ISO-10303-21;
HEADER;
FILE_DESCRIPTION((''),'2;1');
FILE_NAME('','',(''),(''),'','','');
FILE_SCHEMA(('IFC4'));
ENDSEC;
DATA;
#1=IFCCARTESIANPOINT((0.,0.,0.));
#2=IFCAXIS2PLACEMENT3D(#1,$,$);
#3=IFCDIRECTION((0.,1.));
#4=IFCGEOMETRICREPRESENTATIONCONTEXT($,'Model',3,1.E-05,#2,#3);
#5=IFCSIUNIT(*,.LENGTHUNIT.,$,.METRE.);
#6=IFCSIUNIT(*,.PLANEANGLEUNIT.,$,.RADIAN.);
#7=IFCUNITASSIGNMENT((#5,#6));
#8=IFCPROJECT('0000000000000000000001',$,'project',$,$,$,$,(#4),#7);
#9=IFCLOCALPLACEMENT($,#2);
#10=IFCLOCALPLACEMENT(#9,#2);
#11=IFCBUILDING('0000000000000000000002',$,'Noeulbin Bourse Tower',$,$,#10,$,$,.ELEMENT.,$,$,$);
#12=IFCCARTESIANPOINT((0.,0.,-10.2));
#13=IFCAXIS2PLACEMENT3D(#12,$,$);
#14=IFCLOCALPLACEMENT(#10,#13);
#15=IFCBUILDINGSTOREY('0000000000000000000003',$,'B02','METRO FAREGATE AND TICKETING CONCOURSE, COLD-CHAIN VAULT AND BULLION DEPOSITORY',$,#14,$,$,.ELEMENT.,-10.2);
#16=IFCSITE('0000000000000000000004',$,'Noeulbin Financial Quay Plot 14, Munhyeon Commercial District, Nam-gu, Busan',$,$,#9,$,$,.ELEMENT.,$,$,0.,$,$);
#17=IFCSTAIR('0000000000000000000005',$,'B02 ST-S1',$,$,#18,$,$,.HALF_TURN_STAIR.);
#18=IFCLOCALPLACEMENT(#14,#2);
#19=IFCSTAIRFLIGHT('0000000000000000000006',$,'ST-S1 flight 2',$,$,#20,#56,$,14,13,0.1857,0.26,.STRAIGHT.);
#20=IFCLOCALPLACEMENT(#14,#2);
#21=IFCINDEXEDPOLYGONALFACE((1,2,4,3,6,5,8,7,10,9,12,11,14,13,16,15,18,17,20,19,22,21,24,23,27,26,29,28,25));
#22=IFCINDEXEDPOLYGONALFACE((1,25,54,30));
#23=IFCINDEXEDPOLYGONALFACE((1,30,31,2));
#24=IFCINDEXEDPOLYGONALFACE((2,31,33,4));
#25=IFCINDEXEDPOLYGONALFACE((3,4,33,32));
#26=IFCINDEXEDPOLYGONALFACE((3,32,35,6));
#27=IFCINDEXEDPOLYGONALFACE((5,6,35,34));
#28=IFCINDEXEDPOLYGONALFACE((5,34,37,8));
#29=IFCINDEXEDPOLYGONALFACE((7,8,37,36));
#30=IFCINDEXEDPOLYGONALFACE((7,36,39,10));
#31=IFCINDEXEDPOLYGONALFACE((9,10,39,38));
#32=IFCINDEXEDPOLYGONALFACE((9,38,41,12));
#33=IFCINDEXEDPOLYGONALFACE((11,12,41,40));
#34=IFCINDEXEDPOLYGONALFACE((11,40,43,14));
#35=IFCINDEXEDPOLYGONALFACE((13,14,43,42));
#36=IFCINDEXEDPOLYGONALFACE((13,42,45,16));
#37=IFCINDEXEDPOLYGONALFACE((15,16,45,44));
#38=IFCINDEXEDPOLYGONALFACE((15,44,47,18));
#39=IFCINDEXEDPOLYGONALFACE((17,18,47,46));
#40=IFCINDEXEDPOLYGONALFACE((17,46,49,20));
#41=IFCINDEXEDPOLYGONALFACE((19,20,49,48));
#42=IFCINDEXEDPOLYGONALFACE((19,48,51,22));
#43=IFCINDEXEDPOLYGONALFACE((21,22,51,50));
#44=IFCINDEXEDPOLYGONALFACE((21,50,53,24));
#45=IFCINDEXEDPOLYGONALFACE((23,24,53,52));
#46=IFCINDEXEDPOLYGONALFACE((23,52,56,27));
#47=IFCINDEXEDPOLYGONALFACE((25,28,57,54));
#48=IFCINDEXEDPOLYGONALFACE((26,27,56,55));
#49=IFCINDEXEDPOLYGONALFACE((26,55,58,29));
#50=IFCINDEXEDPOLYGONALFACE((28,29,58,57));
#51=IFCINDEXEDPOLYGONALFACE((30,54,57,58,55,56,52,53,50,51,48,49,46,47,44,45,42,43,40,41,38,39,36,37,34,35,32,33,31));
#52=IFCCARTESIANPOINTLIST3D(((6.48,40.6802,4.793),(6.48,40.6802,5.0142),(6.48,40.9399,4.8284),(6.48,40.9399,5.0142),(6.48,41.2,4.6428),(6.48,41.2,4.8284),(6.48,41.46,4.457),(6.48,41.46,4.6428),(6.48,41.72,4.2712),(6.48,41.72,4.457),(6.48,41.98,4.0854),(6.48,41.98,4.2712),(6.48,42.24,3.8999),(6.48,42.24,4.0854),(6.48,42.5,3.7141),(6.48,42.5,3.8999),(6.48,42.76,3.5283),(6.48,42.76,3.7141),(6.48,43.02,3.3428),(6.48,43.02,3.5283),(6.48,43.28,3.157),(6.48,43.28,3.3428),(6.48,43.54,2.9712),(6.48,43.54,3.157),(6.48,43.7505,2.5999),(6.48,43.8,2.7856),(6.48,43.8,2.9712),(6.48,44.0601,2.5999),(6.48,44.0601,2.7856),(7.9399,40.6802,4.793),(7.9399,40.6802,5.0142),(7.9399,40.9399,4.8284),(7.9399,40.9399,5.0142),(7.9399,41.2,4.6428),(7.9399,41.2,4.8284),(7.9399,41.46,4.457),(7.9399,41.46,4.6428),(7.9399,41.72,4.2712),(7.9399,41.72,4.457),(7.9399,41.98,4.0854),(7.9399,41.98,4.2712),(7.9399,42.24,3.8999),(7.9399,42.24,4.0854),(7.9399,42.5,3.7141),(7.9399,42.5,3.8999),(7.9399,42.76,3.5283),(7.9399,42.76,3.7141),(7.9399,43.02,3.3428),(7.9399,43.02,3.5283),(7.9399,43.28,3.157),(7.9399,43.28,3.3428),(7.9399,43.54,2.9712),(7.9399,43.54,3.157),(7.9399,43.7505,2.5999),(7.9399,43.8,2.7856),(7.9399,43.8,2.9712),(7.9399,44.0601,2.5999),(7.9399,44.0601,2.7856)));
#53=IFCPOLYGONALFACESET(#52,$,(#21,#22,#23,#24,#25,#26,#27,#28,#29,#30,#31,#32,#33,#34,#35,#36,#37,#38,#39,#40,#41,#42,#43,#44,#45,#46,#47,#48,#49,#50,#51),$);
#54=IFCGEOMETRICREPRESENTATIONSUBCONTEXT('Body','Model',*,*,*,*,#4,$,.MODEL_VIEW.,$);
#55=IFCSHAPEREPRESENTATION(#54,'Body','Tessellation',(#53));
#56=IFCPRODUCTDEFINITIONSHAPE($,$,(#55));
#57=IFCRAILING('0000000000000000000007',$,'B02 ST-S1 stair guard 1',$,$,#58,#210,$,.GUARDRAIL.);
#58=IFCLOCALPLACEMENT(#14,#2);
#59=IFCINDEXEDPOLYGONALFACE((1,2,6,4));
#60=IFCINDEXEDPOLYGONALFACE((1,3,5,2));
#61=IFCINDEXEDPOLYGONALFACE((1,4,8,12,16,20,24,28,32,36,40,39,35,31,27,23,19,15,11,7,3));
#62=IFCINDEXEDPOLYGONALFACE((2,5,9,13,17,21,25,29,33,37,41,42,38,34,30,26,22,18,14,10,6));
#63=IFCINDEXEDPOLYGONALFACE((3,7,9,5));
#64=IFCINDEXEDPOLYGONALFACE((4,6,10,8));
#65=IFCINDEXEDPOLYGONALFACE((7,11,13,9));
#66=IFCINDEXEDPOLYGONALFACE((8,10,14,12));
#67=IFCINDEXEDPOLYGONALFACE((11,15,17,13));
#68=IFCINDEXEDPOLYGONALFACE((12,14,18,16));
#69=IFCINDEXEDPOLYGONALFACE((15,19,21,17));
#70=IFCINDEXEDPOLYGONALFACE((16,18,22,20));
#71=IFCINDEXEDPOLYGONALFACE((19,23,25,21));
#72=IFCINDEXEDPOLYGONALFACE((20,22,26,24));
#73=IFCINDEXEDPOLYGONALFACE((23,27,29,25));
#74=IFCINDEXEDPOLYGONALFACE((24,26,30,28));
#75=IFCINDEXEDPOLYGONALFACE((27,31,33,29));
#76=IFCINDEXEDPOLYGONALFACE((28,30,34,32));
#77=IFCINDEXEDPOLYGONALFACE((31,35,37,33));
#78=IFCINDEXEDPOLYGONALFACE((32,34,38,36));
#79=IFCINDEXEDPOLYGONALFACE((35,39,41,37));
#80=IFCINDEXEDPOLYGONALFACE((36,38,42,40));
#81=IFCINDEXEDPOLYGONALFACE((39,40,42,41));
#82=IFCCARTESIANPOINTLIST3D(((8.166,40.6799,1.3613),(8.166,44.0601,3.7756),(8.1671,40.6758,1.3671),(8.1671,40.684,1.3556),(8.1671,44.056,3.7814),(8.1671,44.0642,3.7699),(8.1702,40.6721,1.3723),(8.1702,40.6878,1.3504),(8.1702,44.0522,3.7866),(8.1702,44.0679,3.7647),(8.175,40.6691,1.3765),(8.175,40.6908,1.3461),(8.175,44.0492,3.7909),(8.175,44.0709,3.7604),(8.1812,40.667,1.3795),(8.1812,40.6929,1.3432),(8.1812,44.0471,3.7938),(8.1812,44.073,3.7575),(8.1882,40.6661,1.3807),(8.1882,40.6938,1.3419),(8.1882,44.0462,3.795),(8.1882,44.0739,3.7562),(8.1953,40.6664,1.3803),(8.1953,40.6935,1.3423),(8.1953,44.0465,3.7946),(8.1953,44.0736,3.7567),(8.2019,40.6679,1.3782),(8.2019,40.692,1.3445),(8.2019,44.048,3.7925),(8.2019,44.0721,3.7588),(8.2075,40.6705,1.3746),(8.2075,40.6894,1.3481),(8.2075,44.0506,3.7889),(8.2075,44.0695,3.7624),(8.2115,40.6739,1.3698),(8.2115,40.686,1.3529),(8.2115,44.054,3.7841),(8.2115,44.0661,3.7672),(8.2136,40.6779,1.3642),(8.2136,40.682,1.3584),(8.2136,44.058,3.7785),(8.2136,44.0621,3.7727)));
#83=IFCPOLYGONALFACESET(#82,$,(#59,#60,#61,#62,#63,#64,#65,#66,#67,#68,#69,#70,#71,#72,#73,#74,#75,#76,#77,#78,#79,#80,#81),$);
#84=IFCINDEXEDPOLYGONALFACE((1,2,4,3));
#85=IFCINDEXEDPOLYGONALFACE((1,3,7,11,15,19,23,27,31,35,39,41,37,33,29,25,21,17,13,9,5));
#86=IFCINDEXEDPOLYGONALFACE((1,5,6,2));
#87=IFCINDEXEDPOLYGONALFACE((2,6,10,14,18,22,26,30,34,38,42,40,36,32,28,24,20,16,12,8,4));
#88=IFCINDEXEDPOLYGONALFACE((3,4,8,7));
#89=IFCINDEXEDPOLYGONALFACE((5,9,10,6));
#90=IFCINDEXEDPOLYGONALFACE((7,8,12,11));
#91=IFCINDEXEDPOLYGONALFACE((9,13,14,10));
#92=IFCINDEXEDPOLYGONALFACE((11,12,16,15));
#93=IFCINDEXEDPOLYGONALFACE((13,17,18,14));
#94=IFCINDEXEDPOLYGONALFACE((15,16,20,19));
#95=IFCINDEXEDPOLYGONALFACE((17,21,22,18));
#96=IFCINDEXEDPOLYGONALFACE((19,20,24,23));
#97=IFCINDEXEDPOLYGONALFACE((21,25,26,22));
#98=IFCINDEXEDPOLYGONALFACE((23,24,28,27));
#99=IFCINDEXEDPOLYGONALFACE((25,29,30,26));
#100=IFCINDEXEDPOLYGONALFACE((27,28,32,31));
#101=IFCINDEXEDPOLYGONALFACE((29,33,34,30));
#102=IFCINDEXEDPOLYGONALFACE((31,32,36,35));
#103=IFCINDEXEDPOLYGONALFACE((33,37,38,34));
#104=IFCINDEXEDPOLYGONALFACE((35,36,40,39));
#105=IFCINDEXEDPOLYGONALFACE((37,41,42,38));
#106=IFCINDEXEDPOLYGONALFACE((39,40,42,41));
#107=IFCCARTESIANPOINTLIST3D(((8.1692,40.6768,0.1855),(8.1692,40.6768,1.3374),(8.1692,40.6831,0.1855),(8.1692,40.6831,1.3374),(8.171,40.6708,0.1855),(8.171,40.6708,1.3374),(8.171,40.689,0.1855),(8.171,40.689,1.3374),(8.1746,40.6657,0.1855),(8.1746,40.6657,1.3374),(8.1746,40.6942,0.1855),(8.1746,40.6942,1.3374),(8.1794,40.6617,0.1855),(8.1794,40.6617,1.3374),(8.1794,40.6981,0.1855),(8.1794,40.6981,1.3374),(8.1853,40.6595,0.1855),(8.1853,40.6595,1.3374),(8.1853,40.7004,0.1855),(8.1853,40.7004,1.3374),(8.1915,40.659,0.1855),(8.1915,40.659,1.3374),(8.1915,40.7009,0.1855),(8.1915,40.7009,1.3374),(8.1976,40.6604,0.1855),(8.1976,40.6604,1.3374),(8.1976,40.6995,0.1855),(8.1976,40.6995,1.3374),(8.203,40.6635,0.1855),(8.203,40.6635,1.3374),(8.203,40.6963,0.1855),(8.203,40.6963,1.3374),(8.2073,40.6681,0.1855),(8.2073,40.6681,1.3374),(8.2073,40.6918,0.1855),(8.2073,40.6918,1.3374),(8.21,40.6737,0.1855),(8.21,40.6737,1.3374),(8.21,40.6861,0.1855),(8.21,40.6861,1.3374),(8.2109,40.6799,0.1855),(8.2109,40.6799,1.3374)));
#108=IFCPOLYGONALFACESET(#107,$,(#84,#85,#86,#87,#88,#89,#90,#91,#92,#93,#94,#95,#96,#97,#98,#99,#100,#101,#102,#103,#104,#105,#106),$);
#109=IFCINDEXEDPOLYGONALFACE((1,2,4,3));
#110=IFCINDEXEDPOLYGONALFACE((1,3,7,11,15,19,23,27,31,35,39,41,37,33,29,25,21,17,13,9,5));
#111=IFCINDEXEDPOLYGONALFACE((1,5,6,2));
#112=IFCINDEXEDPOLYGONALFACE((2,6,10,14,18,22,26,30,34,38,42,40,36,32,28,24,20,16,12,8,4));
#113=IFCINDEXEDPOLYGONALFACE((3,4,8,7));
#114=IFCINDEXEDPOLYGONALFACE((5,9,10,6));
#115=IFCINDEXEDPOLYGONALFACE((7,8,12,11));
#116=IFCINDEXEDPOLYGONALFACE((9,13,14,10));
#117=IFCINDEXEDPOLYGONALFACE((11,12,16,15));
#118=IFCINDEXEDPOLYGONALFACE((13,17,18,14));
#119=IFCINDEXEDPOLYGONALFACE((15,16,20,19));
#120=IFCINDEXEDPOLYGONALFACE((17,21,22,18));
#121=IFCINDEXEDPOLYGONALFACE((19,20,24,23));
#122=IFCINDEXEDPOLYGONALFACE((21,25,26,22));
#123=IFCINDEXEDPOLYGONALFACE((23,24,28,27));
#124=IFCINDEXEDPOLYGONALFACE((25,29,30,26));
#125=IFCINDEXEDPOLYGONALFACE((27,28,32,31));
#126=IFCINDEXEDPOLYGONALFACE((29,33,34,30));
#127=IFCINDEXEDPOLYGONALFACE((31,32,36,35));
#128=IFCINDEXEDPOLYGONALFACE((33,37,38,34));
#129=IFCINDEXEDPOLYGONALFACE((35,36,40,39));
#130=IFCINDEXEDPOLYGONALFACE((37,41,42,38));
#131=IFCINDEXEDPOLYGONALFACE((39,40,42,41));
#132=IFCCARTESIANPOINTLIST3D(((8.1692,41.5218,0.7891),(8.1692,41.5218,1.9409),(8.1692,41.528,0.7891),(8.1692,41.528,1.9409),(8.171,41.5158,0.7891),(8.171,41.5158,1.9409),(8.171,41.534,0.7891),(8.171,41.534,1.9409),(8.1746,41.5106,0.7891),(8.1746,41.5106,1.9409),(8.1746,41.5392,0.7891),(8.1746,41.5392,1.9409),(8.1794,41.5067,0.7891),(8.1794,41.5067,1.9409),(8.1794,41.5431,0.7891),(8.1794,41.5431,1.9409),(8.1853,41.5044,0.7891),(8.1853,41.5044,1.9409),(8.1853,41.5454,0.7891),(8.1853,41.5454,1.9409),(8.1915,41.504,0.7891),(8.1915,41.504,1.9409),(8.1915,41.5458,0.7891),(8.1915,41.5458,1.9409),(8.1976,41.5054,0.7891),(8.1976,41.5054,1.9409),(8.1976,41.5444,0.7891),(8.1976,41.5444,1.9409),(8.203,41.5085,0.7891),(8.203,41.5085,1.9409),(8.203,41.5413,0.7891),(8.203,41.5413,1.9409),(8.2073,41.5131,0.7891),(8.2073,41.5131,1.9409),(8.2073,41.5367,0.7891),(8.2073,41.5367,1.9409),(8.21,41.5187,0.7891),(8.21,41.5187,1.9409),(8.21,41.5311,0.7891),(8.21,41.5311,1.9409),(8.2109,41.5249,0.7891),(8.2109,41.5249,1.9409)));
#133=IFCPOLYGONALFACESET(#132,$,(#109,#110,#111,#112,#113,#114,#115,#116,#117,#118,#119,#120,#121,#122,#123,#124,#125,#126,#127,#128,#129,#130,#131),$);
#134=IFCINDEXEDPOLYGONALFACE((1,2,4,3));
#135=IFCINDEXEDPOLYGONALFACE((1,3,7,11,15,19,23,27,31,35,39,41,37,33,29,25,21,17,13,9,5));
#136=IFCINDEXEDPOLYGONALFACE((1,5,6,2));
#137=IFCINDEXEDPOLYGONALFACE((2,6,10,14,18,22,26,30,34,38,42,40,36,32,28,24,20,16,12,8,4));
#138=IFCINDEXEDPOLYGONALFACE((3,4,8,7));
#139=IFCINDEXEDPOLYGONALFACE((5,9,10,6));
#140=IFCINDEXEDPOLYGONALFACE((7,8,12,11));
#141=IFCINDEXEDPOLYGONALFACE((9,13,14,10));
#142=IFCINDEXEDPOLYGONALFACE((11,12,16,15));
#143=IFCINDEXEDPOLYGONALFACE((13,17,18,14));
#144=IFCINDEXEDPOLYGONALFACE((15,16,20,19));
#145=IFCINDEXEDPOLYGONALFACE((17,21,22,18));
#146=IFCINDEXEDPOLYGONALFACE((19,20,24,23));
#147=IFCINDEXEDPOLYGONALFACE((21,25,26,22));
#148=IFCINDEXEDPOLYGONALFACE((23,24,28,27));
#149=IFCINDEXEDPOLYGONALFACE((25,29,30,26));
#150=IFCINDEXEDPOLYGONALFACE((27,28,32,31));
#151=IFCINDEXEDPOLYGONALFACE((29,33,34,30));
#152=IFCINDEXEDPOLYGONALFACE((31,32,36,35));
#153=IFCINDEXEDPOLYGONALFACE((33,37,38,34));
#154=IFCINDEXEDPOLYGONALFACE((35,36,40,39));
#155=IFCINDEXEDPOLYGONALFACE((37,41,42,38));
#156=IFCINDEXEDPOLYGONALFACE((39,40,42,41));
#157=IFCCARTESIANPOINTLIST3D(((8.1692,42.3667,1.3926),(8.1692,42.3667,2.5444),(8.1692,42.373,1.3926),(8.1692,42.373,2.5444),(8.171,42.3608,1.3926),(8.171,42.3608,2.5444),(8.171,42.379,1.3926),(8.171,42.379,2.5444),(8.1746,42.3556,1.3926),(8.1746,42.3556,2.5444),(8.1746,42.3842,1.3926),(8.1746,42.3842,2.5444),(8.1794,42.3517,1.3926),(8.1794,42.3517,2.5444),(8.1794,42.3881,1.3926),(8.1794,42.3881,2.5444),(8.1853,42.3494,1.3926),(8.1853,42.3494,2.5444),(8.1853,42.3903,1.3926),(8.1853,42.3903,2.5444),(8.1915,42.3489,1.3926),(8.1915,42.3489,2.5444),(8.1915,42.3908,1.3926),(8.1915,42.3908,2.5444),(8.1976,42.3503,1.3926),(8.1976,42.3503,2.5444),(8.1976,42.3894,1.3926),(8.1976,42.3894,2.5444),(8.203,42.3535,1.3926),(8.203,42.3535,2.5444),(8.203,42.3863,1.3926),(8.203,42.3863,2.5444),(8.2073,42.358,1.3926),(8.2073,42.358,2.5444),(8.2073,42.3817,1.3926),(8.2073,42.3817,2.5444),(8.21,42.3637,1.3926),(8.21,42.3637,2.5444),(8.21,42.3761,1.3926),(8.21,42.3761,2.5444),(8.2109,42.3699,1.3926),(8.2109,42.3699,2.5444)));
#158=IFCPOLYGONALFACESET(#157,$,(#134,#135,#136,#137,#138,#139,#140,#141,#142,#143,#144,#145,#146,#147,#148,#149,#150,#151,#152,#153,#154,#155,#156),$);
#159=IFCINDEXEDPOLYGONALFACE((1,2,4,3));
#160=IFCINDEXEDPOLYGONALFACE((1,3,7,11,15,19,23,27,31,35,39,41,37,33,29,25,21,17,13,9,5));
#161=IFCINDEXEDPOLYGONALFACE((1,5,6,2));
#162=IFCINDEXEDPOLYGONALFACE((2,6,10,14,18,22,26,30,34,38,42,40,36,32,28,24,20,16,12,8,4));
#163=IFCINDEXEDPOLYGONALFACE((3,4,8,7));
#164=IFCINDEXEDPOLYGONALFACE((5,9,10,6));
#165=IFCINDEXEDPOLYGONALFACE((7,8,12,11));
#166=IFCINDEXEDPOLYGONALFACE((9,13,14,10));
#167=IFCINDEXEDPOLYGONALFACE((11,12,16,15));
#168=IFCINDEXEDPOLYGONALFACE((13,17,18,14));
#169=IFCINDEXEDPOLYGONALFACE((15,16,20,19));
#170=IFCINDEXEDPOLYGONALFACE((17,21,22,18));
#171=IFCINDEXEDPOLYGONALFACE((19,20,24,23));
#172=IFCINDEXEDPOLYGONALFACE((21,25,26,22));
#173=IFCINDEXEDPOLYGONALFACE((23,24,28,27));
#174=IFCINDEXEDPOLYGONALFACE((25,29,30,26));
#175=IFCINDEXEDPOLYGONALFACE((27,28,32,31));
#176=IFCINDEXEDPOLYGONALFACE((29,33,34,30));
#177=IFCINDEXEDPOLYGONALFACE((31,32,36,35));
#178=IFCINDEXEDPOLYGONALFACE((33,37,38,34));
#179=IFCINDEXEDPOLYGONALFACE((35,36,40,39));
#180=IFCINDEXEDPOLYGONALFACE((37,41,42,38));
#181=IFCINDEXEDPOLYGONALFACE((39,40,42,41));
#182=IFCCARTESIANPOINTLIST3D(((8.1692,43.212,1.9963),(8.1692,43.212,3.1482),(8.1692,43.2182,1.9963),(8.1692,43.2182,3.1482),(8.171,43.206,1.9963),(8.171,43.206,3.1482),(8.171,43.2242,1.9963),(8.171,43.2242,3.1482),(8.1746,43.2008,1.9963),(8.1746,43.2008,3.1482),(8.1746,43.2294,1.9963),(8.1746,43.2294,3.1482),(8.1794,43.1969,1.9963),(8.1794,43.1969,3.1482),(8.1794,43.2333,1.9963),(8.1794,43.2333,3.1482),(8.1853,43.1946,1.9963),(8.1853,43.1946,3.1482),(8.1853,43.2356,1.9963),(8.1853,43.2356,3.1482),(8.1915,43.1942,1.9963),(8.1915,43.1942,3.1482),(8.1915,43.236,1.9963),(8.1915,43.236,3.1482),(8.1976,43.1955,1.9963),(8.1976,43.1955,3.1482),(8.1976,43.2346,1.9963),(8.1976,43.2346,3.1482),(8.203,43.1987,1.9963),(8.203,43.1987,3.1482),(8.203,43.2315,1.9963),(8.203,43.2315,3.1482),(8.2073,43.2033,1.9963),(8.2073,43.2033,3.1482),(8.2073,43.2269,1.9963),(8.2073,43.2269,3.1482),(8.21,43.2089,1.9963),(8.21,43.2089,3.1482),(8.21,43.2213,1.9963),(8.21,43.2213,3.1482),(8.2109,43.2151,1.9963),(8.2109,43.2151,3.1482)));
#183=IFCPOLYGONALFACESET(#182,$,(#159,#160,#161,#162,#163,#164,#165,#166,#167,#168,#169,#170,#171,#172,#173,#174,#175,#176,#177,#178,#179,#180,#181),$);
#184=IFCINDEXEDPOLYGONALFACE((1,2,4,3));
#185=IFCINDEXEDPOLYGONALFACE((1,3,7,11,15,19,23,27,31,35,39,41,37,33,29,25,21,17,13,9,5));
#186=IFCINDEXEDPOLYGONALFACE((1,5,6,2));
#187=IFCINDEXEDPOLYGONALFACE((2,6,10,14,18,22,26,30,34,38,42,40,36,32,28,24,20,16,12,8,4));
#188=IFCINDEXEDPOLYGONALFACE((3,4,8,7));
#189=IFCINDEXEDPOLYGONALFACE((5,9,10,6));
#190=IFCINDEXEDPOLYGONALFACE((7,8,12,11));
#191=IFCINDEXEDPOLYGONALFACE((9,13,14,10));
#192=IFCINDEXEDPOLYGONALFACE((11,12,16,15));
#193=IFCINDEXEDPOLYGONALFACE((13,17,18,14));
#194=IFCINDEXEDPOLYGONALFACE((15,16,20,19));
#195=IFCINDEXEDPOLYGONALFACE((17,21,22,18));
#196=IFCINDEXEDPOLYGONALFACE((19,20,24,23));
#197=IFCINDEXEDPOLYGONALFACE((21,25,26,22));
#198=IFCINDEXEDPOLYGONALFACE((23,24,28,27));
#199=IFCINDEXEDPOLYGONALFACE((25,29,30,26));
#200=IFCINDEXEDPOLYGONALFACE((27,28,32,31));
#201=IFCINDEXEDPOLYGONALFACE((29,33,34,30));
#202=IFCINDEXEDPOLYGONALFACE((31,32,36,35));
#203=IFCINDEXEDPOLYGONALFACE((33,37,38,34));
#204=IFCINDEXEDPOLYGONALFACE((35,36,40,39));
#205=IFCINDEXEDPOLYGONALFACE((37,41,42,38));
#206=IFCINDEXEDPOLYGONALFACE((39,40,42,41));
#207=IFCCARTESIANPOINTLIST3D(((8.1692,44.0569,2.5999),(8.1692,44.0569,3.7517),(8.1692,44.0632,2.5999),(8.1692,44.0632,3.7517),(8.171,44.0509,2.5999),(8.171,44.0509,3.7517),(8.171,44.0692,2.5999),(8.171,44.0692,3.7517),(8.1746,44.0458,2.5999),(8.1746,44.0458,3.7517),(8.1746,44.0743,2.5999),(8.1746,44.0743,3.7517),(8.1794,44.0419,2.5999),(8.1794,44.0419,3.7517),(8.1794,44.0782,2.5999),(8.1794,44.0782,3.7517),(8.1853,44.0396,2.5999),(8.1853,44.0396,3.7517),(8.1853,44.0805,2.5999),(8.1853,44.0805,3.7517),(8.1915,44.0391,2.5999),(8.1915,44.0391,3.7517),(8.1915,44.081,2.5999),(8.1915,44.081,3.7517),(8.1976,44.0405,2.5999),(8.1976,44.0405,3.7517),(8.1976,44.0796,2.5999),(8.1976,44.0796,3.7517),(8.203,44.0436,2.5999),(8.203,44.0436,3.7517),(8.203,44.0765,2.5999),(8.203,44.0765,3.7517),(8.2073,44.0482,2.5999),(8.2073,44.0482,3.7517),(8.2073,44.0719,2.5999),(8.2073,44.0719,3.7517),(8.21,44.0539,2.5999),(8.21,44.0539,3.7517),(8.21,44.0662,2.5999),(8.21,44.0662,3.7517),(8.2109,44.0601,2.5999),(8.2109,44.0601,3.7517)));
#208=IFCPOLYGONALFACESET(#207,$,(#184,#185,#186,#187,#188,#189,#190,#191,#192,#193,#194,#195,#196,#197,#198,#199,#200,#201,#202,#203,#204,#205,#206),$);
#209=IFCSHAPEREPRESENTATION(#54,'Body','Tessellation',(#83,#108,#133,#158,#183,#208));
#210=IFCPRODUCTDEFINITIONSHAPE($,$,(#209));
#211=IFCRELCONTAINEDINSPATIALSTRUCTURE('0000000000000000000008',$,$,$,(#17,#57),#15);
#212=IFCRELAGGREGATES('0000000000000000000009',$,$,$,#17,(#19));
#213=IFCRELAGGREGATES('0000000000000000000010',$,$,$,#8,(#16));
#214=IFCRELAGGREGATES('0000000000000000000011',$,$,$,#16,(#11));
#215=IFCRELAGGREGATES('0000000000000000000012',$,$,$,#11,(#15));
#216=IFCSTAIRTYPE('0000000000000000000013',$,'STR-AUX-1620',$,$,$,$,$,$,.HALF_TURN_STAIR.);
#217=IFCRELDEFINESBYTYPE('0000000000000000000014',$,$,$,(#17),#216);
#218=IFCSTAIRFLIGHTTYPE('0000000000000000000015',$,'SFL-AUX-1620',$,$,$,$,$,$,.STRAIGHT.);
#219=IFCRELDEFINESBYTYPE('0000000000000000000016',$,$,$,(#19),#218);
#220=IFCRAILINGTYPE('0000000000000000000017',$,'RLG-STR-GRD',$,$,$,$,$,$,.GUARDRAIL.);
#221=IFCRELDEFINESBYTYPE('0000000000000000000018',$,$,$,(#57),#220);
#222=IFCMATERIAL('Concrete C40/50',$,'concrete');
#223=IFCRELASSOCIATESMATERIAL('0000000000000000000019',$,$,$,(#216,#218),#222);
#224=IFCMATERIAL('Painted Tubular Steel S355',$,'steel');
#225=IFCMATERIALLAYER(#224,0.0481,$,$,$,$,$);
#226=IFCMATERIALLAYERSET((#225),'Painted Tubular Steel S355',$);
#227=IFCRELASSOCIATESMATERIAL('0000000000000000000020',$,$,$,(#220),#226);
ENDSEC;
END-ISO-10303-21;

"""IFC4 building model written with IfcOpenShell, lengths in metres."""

from ifc_helpers import new_model, si_unit, direction, frame, origin, origin_2d, place, context, subcontext, project, spatial, polyline, circle, outline, extrude, material, layer, layer_set, type_object, element, aggregate, save


model = new_model("IFC4")

# Units and contexts
model_context = context("Model", 3, precision=1e-05, world=origin(), true_north=direction((0.0, 1.0)))
body_context = subcontext(model_context, "Body", "Model", "MODEL_VIEW")
ifc_project = project(units=[si_unit("LENGTHUNIT", "METRE"), si_unit("PLANEANGLEUNIT", "RADIAN")], contexts=[model_context])

# Site, building, storey
site_placement = place(None, origin())
site = spatial("IfcSite", under=ifc_project, at=site_placement, Name="Noeulbin Financial Quay Plot 14, Munhyeon Commercial District, Nam-gu, Busan", CompositionType="ELEMENT", RefElevation=0.0)
building_placement = place(site_placement, origin())
building = spatial("IfcBuilding", under=site, at=building_placement, Name="Noeulbin Bourse Tower", CompositionType="ELEMENT")
storey_placement = place(building_placement, frame((0.0, 0.0, -10.2)))
storey = spatial("IfcBuildingStorey", under=building, at=storey_placement, Name="B02", Description="METRO FAREGATE AND TICKETING CONCOURSE, COLD-CHAIN VAULT AND BULLION DEPOSITORY", CompositionType="ELEMENT", Elevation=-10.2)

# Shared definitions
ifc_material_1 = material(Name="Concrete C40/50", Category="concrete")

# Stair, stair flight
stair_type = type_object("IfcStairType", Name="STR-AUX-1620", PredefinedType="HALF_TURN_STAIR", material=ifc_material_1)
stair_placement = place(storey_placement, origin())
stair = element("IfcStair", 1, at=stair_placement, inside=storey, type_object=stair_type, Name="B02 ST-S1", PredefinedType="HALF_TURN_STAIR")
stair_flight_type = type_object("IfcStairFlightType", Name="SFL-AUX-1620", PredefinedType="STRAIGHT", material=ifc_material_1)
stair_flight_1_placement = place(storey_placement, frame((7.21, 44.0601, 2.5999), z_axis=(0.0, 0.0, 1.0), x_axis=(0.0, -1.0, 0.0)))
stair_flight_1 = element("IfcStairFlight", 2, at=stair_flight_1_placement, type_object=stair_flight_type, Name="ST-S1 flight 2", NumberOfRisers=14, NumberOfTreads=13, PredefinedType="STRAIGHT", RiserHeight=0.1857, TreadLength=0.26, context=body_context, shape_type="SweptSolid", body=[
    extrude(outline(polyline([(0.0, 0.0), (0.0, 0.1858), (0.26, 0.1858), (0.26, 0.3713), (0.52, 0.3713), (0.52, 0.5571), (0.78, 0.5571), (0.78, 0.7429), (1.04, 0.7429), (1.04, 0.9285), (1.3, 0.9285), (1.3, 1.1143), (1.5601, 1.1143), (1.5601, 1.3), (1.8201, 1.3), (1.8201, 1.4856), (2.0801, 1.4856), (2.0801, 1.6714), (2.3401, 1.6714), (2.3401, 1.8572), (2.6001, 1.8572), (2.6001, 2.043), (2.8601, 2.043), (2.8601, 2.2285), (3.1201, 2.2285), (3.1201, 2.4143), (3.3799, 2.4143), (3.3799, 2.6001), (3.3799, 2.1931), (0.3096, 0.0), (0.0, 0.0)])), frame((0.0, 0.73, 0.0), z_axis=(0.0, -1.0, 0.0), x_axis=(1.0, 0.0, 0.0)), (0.0, 0.0, 1.0), 1.46),
])
aggregate(stair, [stair_flight_1])

# Railing
ifc_material_2 = material(Name="Painted Tubular Steel S355", Category="steel")
ifc_layer_1 = layer(ifc_material_2, 0.0481)
ifc_layer_set_1 = layer_set([ifc_layer_1], Name="Painted Tubular Steel S355")
railing_type_1 = type_object("IfcRailingType", Name="RLG-STR-GRD", PredefinedType="GUARDRAIL", material=ifc_layer_set_1)
railing_1_placement = place(storey_placement, frame((8.1899, 40.6799, 0.1855)))
element("IfcRailing", 3, at=railing_1_placement, inside=storey, type_object=railing_type_1, Name="B02 ST-S1 stair guard 1", PredefinedType="GUARDRAIL", context=body_context, shape_type="SweptSolid", body=[
    extrude(circle(Radius=0.0239, at=origin_2d()), frame((0.0, 0.0, 1.1758), z_axis=(0.0, 0.813741, 0.581227), x_axis=(-1.0, 0.0, 0.0)), (0.0, 0.0, 1.0), 4.1538),
    extrude(circle(Radius=0.021, at=origin_2d()), origin(), (0.0, 0.0, 1.0), 1.1519),
    extrude(circle(Radius=0.021, at=origin_2d()), frame((0.0, 0.845, 0.6035)), (0.0, 0.0, 1.0), 1.1519),
    extrude(circle(Radius=0.021, at=origin_2d()), frame((0.0, 1.6899, 1.207)), (0.0, 0.0, 1.0), 1.1519),
    extrude(circle(Radius=0.021, at=origin_2d()), frame((0.0, 2.5352, 1.8108)), (0.0, 0.0, 1.0), 1.1519),
    extrude(circle(Radius=0.021, at=origin_2d()), frame((0.0, 3.3801, 2.4143)), (0.0, 0.0, 1.0), 1.1519),
])

save(model, "model.ifc")
